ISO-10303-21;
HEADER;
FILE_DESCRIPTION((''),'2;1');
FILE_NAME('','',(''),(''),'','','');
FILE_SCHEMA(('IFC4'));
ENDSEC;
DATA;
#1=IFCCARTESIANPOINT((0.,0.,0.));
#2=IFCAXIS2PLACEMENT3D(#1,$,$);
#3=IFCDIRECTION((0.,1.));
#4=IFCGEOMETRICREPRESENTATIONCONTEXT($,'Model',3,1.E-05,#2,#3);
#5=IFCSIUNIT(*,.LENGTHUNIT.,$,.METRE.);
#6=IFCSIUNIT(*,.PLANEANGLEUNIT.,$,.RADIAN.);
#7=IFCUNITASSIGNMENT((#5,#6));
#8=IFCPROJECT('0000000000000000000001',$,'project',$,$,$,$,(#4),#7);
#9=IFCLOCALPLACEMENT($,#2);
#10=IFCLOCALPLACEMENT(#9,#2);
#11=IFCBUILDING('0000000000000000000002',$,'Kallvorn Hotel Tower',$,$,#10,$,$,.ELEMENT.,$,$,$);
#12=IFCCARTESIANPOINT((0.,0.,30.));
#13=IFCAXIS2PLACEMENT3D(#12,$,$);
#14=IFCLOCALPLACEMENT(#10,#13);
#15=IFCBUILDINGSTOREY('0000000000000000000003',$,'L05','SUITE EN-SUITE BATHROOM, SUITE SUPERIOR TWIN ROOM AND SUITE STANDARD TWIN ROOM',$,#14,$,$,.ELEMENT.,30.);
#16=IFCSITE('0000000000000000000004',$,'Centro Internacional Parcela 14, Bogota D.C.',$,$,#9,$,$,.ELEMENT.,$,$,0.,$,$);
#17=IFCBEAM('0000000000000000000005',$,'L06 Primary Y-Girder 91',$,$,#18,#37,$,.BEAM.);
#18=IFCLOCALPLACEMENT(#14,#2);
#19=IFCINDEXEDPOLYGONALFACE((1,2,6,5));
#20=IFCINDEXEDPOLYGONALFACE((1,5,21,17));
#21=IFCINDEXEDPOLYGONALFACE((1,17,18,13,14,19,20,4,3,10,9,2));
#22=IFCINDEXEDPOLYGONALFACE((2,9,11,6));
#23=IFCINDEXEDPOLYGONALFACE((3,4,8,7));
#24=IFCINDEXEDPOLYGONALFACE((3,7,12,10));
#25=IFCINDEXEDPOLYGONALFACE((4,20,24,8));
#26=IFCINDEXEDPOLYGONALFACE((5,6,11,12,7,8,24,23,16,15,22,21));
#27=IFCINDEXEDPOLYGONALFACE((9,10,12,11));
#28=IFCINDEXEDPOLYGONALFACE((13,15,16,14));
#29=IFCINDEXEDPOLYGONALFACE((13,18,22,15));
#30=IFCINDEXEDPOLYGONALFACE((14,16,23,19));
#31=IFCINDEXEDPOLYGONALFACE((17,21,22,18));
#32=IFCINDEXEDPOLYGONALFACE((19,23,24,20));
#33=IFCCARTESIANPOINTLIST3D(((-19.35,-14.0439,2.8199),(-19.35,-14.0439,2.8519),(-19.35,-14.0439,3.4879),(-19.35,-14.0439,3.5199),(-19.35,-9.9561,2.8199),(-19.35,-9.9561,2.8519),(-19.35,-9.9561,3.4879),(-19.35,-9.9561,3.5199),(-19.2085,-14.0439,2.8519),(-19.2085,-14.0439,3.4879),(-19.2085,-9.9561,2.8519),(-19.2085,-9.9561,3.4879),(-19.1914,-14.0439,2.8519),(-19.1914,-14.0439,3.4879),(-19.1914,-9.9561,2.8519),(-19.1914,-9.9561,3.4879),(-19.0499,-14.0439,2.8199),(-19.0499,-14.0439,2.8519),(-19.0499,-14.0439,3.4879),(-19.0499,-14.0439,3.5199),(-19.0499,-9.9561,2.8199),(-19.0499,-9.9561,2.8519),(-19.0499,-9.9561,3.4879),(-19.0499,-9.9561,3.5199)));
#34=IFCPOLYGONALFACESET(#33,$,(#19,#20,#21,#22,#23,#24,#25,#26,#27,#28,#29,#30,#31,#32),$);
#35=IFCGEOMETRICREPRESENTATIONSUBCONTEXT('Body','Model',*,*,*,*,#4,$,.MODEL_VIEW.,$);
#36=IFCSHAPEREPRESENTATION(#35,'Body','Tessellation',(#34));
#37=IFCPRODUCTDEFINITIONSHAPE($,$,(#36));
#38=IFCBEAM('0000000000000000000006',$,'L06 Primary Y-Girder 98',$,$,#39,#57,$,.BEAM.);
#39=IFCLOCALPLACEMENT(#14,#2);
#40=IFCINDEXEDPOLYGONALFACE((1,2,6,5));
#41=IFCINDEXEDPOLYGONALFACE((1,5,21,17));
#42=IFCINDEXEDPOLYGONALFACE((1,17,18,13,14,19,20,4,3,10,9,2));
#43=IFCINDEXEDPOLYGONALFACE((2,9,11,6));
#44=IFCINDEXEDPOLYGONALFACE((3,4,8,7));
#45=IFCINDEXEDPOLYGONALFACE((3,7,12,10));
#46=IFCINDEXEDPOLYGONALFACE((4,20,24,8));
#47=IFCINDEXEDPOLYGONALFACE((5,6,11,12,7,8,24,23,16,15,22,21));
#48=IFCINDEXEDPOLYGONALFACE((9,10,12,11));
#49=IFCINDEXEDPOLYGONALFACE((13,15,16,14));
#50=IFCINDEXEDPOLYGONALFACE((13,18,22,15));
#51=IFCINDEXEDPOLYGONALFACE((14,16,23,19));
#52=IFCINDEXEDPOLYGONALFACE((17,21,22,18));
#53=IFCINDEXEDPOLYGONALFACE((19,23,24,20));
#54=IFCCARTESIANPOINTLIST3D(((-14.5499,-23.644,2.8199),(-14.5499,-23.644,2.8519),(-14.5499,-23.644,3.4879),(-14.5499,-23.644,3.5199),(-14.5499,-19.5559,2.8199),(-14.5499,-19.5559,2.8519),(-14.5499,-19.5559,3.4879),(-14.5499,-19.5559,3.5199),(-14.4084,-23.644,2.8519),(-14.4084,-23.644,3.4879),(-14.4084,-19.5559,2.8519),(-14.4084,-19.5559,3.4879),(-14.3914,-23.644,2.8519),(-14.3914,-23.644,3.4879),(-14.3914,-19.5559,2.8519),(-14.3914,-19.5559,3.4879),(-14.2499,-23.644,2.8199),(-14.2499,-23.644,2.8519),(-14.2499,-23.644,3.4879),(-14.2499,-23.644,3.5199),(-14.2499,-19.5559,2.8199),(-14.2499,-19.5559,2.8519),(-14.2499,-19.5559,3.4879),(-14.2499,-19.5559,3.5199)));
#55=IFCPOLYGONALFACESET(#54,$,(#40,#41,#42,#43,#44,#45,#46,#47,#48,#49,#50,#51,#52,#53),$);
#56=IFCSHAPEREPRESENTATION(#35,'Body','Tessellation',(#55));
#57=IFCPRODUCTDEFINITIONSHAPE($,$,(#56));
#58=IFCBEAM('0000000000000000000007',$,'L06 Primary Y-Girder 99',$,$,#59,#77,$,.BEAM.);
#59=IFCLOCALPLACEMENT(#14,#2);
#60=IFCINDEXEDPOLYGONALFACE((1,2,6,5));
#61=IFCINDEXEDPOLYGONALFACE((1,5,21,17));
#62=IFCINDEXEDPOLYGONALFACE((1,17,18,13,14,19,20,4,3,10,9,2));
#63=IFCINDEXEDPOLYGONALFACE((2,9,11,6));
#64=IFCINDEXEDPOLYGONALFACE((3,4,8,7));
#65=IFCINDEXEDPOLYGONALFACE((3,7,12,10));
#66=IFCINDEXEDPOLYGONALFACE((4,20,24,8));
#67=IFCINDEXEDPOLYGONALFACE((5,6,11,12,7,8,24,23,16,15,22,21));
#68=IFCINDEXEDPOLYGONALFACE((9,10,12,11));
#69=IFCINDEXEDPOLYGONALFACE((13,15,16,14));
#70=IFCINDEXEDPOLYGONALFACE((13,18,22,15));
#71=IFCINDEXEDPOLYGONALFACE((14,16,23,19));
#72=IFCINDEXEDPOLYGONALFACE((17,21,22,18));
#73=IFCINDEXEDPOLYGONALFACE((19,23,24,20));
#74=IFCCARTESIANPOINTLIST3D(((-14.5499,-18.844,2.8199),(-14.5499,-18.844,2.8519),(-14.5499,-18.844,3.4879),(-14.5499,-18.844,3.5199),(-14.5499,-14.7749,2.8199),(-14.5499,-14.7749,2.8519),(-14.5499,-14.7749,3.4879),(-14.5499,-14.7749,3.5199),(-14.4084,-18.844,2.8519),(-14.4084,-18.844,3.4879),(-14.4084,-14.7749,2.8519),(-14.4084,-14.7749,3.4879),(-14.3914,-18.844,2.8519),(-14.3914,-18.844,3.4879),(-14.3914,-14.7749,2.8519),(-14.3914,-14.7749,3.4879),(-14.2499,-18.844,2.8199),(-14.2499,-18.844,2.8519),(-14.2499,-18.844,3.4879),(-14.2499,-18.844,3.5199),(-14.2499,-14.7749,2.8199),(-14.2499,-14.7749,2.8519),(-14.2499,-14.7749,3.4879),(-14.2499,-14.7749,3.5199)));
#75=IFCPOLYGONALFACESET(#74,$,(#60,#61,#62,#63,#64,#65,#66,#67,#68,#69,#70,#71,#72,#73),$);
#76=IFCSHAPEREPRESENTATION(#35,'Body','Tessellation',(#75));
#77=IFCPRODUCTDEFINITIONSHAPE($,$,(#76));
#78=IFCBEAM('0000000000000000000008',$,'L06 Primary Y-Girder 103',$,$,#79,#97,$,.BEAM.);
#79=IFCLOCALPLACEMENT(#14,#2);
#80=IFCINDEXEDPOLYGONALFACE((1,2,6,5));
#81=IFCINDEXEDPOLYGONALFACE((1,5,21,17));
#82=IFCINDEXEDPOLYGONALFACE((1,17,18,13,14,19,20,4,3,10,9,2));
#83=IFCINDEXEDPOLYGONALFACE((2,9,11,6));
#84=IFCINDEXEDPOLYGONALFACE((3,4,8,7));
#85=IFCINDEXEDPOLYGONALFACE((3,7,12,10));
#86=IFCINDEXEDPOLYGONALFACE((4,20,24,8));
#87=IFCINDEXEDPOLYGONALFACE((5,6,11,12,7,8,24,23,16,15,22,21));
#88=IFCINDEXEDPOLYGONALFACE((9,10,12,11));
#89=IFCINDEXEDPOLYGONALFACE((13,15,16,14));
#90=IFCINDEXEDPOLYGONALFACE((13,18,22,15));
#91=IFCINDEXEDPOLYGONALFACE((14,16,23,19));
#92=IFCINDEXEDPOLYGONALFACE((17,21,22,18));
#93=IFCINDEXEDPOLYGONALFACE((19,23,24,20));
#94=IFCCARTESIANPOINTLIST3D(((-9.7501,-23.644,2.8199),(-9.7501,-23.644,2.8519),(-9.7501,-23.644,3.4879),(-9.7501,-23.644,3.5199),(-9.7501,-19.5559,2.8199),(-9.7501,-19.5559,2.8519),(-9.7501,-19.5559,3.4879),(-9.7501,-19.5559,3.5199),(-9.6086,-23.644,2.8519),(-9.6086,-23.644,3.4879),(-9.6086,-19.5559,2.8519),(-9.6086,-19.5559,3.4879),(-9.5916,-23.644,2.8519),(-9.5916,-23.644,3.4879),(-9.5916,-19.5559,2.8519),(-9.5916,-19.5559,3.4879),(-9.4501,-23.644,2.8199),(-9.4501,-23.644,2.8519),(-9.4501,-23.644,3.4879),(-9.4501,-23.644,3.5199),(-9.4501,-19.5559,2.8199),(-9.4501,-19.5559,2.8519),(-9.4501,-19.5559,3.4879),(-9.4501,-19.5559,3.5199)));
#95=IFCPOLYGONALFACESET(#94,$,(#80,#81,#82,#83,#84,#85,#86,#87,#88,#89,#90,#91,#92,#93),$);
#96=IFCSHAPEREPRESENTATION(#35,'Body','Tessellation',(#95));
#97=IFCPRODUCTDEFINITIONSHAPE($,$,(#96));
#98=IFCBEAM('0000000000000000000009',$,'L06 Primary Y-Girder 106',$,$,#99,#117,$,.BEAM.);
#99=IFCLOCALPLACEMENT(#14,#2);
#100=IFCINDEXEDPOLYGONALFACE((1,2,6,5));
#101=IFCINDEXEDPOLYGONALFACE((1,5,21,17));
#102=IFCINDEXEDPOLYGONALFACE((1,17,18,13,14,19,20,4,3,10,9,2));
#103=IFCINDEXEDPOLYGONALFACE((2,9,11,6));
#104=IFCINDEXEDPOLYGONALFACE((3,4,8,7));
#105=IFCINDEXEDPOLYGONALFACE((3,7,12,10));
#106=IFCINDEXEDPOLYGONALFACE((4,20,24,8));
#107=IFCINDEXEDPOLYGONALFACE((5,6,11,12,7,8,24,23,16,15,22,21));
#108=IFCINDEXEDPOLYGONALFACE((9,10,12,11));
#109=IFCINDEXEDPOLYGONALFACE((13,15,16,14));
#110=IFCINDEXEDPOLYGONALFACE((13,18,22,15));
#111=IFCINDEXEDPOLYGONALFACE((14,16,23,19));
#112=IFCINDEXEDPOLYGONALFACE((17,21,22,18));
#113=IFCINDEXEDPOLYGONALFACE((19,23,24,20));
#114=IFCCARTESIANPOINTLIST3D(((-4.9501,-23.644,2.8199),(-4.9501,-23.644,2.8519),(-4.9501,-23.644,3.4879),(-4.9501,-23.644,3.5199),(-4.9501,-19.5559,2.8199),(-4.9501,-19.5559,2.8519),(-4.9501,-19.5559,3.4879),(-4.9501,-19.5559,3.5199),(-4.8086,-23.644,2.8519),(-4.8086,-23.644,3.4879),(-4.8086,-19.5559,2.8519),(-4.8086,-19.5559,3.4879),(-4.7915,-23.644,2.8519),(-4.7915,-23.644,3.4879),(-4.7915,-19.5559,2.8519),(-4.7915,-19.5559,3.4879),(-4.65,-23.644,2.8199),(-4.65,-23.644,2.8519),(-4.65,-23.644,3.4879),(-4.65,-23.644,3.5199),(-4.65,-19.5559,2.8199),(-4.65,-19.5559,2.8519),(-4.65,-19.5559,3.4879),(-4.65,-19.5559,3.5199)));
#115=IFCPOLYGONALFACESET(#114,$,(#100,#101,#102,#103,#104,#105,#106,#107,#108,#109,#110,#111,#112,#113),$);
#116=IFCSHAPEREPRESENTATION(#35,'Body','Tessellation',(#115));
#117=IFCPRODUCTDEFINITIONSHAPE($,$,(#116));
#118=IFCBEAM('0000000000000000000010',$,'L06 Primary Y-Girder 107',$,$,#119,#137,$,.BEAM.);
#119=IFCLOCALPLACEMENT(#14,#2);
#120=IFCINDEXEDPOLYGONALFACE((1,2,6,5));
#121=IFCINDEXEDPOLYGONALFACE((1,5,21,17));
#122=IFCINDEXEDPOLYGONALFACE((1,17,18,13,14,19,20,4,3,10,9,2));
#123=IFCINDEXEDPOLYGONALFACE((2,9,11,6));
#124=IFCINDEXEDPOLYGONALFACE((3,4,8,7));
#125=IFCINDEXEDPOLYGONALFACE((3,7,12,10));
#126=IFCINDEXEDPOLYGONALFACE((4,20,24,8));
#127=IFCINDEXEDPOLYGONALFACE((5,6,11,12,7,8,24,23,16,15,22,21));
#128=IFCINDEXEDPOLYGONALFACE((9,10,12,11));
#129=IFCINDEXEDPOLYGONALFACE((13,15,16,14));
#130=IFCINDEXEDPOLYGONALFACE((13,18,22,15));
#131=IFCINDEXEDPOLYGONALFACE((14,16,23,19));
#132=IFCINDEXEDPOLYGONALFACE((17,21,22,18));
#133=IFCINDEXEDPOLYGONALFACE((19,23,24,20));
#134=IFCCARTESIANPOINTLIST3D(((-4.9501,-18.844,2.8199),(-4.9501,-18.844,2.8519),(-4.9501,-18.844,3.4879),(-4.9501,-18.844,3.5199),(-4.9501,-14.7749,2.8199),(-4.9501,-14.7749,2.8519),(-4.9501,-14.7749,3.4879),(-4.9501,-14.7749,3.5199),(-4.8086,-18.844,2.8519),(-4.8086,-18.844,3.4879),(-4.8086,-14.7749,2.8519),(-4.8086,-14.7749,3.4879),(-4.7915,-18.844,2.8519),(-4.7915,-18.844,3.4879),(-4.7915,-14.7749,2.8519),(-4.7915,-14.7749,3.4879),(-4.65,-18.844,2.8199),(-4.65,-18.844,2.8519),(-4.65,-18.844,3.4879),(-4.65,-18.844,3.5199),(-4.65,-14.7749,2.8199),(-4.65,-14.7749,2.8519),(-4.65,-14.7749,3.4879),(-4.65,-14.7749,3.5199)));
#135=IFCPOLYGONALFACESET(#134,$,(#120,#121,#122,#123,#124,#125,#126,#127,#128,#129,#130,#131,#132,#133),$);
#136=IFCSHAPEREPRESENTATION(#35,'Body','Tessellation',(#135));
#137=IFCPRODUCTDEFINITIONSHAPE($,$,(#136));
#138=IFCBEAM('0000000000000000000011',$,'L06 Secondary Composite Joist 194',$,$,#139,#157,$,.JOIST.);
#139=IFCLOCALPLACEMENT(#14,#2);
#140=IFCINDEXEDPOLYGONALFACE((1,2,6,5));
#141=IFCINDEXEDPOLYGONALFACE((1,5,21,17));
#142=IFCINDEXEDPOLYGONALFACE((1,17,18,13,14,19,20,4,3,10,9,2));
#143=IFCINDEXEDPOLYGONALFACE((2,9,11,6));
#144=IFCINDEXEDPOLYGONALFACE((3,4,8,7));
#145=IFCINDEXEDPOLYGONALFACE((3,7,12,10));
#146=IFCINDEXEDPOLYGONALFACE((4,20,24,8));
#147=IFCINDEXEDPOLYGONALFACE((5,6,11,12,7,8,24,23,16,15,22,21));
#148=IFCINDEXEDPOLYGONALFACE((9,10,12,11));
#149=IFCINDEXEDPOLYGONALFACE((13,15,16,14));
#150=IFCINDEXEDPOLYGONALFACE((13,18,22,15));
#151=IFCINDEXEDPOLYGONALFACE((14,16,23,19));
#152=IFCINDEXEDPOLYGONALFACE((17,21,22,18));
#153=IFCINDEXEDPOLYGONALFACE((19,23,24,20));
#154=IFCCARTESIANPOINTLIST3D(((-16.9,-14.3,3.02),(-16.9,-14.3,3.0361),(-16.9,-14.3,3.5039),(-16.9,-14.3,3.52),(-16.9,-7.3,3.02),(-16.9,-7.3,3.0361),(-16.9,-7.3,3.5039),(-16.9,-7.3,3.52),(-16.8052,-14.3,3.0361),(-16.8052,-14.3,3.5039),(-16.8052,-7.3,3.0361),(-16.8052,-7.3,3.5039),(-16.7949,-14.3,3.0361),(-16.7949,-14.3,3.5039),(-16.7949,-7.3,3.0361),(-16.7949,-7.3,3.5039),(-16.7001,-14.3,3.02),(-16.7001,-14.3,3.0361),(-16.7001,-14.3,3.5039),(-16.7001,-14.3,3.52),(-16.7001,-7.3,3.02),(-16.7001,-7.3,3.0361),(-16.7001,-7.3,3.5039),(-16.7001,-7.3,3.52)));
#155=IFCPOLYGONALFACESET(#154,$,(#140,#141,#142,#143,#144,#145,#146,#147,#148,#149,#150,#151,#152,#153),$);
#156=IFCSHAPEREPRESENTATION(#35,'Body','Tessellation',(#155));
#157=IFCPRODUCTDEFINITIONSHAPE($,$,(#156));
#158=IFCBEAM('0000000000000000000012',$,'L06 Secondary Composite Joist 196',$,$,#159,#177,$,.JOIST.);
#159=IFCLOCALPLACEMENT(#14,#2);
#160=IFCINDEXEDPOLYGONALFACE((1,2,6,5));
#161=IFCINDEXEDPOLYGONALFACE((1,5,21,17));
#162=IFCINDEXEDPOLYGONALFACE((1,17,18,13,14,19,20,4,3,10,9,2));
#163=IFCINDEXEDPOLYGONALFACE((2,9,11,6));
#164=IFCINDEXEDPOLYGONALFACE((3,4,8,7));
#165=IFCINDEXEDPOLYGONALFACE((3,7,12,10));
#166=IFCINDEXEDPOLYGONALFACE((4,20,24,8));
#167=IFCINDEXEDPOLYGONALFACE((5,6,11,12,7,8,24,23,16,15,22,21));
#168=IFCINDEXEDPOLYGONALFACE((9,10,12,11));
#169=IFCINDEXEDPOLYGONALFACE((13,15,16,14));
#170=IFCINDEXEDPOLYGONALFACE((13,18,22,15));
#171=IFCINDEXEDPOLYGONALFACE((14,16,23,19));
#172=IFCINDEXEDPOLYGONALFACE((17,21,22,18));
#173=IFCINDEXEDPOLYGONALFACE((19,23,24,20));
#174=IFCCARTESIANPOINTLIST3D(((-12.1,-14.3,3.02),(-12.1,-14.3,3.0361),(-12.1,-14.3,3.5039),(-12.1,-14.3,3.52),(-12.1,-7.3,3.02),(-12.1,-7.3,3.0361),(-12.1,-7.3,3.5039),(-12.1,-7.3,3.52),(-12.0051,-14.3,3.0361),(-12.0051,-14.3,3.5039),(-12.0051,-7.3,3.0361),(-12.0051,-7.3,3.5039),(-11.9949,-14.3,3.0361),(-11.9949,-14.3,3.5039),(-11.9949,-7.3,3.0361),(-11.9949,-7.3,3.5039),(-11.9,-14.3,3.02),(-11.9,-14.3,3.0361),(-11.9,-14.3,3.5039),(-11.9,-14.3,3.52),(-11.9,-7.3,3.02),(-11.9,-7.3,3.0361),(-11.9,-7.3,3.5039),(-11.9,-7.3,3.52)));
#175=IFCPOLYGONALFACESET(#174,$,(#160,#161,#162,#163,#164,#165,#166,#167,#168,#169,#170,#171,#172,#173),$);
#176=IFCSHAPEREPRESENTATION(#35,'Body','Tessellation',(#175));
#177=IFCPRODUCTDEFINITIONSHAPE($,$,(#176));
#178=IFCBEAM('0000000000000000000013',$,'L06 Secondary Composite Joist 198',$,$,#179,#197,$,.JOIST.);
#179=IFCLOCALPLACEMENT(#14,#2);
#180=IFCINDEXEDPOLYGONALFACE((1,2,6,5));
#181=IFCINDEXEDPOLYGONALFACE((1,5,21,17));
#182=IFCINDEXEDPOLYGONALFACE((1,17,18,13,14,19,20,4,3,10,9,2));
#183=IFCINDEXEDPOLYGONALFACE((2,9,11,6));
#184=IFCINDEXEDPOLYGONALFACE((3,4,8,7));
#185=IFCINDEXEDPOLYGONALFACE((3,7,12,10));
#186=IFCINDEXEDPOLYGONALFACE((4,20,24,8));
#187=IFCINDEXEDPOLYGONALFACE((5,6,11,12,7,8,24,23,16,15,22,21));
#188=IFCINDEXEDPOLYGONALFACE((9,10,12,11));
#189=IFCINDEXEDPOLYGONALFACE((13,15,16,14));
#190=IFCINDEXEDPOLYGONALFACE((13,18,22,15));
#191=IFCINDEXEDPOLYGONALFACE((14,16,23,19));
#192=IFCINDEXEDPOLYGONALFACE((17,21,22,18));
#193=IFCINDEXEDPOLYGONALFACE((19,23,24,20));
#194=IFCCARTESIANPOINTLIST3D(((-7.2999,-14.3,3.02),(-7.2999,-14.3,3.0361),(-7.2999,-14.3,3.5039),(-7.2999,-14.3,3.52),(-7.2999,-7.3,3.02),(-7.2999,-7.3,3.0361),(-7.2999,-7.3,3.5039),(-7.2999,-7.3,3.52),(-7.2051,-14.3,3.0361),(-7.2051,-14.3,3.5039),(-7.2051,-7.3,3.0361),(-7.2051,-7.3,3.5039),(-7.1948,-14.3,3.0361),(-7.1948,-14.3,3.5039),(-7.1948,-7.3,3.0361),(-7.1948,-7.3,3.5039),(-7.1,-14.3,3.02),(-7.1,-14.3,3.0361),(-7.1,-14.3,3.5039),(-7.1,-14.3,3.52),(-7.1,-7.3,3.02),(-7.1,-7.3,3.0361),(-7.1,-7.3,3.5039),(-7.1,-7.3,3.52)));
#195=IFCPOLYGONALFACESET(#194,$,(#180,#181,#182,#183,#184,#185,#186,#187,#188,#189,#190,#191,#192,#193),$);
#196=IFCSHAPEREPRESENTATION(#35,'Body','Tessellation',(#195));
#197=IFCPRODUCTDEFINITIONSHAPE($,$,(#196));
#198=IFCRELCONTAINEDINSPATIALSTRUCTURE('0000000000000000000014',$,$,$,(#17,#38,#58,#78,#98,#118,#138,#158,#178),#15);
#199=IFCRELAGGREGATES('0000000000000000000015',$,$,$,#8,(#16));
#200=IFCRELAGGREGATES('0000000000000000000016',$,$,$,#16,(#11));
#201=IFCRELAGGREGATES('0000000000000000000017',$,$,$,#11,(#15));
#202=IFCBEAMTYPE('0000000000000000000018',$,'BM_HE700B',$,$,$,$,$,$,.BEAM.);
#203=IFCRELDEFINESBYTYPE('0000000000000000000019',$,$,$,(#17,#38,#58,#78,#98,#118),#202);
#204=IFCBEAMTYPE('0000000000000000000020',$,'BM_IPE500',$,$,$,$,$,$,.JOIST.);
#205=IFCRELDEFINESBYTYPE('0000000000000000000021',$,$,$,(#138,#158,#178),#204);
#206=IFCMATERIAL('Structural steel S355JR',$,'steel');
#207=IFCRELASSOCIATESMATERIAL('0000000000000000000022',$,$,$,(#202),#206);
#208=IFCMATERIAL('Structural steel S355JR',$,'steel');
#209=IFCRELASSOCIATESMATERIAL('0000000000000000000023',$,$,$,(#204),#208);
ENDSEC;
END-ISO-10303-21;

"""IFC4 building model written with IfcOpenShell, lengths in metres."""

from ifc_helpers import new_model, si_unit, direction, frame, origin, origin_2d, place, context, subcontext, project, spatial, i_section, extrude, material, material_profile, profile_set, type_object, element, save


model = new_model("IFC4")

# Units and contexts
model_context = context("Model", 3, precision=1e-05, world=origin(), true_north=direction((0.0, 1.0)))
body_context = subcontext(model_context, "Body", "Model", "MODEL_VIEW")
ifc_project = project(units=[si_unit("LENGTHUNIT", "METRE"), si_unit("PLANEANGLEUNIT", "RADIAN")], contexts=[model_context])

# Site, building, storey
site_placement = place(None, origin())
site = spatial("IfcSite", under=ifc_project, at=site_placement, Name="Centro Internacional Parcela 14, Bogota D.C.", CompositionType="ELEMENT", RefElevation=0.0)
building_placement = place(site_placement, origin())
building = spatial("IfcBuilding", under=site, at=building_placement, Name="Kallvorn Hotel Tower", CompositionType="ELEMENT")
storey_placement = place(building_placement, frame((0.0, 0.0, 30.0)))
storey = spatial("IfcBuildingStorey", under=building, at=storey_placement, Name="L05", Description="SUITE EN-SUITE BATHROOM, SUITE SUPERIOR TWIN ROOM AND SUITE STANDARD TWIN ROOM", CompositionType="ELEMENT", Elevation=30.0)

# Beams
ifc_material_1 = material(Name="Structural steel S355JR", Category="steel")
ifc_material_profile_1 = material_profile(ifc_material_1, i_section(OverallWidth=0.3, OverallDepth=0.7, WebThickness=0.0171, FlangeThickness=0.032, at=origin_2d()), Name="HE 700 B")
ifc_profile_set_1 = profile_set([ifc_material_profile_1], Name="Structural steel S355JR")
beam_type_1 = type_object("IfcBeamType", Name="BM_HE700B", PredefinedType="BEAM", material=ifc_profile_set_1)
beam_1_placement = place(storey_placement, frame((-19.2, -14.0439, 3.1699), z_axis=(0.0, 1.0, 0.0), x_axis=(-1.0, 0.0, 0.0)))
element("IfcBeam", 1, at=beam_1_placement, inside=storey, type_object=beam_type_1, Name="L06 Primary Y-Girder 91", PredefinedType="BEAM", context=body_context, shape_type="SweptSolid", body=[
    extrude(i_section(OverallWidth=0.3, OverallDepth=0.7, WebThickness=0.0171, FlangeThickness=0.032, at=origin_2d()), origin(), (0.0, 0.0, 1.0), 4.0879),
])
beam_2_placement = place(storey_placement, frame((-14.3999, -23.644, 3.1699), z_axis=(0.0, 1.0, 0.0), x_axis=(-1.0, 0.0, 0.0)))
element("IfcBeam", 2, at=beam_2_placement, inside=storey, type_object=beam_type_1, Name="L06 Primary Y-Girder 98", PredefinedType="BEAM", context=body_context, shape_type="SweptSolid", body=[
    extrude(i_section(OverallWidth=0.3, OverallDepth=0.7, WebThickness=0.0171, FlangeThickness=0.032, at=origin_2d()), origin(), (0.0, 0.0, 1.0), 4.0881),
])
beam_3_placement = place(storey_placement, frame((-14.3999, -18.844, 3.1699), z_axis=(0.0, 1.0, 0.0), x_axis=(-1.0, 0.0, 0.0)))
element("IfcBeam", 3, at=beam_3_placement, inside=storey, type_object=beam_type_1, Name="L06 Primary Y-Girder 99", PredefinedType="BEAM", context=body_context, shape_type="SweptSolid", body=[
    extrude(i_section(OverallWidth=0.3, OverallDepth=0.7, WebThickness=0.0171, FlangeThickness=0.032, at=origin_2d()), origin(), (0.0, 0.0, 1.0), 4.0691),
])
for number, where, z_axis, x_axis, name in (
    (4, (-9.6001, -23.644, 3.1699), (0.0, 1.0, 0.0), (-1.0, 0.0, 0.0), "L06 Primary Y-Girder 103"),
    (5, (-4.8, -23.644, 3.1699), (0.0, 1.0, 0.0), (-1.0, 0.0, 0.0), "L06 Primary Y-Girder 106"),
):
    element("IfcBeam", number, at=place(storey_placement, frame(where, z_axis=z_axis, x_axis=x_axis)), inside=storey, type_object=beam_type_1, Name=name, PredefinedType="BEAM", context=body_context, shape_type="SweptSolid", body=[
        extrude(i_section(OverallWidth=0.3, OverallDepth=0.7, WebThickness=0.0171, FlangeThickness=0.032, at=origin_2d()), origin(), (0.0, 0.0, 1.0), 4.0881),
    ])
beam_4_placement = place(storey_placement, frame((-4.8, -18.844, 3.1699), z_axis=(0.0, 1.0, 0.0), x_axis=(-1.0, 0.0, 0.0)))
element("IfcBeam", 6, at=beam_4_placement, inside=storey, type_object=beam_type_1, Name="L06 Primary Y-Girder 107", PredefinedType="BEAM", context=body_context, shape_type="SweptSolid", body=[
    extrude(i_section(OverallWidth=0.3, OverallDepth=0.7, WebThickness=0.0171, FlangeThickness=0.032, at=origin_2d()), origin(), (0.0, 0.0, 1.0), 4.0691),
])
ifc_material_2 = material(Name="Structural steel S355JR", Category="steel")
ifc_material_profile_2 = material_profile(ifc_material_2, i_section(OverallWidth=0.2, OverallDepth=0.5, WebThickness=0.0103, FlangeThickness=0.0161, at=origin_2d()), Name="IPE 500")
ifc_profile_set_2 = profile_set([ifc_material_profile_2], Name="Structural steel S355JR")
beam_type_2 = type_object("IfcBeamType", Name="BM_IPE500", PredefinedType="JOIST", material=ifc_profile_set_2)
for number, where, z_axis, x_axis, name in (
    (7, (-16.8, -14.3, 3.27), (0.0, 1.0, 0.0), (-1.0, 0.0, 0.0), "L06 Secondary Composite Joist 194"),
    (8, (-12.0, -14.3, 3.27), (0.0, 1.0, 0.0), (-1.0, 0.0, 0.0), "L06 Secondary Composite Joist 196"),
    (9, (-7.2, -14.3, 3.27), (0.0, 1.0, 0.0), (-1.0, 0.0, 0.0), "L06 Secondary Composite Joist 198"),
):
    element("IfcBeam", number, at=place(storey_placement, frame(where, z_axis=z_axis, x_axis=x_axis)), inside=storey, type_object=beam_type_2, Name=name, PredefinedType="JOIST", context=body_context, shape_type="SweptSolid", body=[
        extrude(i_section(OverallWidth=0.2, OverallDepth=0.5, WebThickness=0.0103, FlangeThickness=0.0161, at=origin_2d()), origin(), (0.0, 0.0, 1.0), 7.0),
    ])

save(model, "model.ifc")
